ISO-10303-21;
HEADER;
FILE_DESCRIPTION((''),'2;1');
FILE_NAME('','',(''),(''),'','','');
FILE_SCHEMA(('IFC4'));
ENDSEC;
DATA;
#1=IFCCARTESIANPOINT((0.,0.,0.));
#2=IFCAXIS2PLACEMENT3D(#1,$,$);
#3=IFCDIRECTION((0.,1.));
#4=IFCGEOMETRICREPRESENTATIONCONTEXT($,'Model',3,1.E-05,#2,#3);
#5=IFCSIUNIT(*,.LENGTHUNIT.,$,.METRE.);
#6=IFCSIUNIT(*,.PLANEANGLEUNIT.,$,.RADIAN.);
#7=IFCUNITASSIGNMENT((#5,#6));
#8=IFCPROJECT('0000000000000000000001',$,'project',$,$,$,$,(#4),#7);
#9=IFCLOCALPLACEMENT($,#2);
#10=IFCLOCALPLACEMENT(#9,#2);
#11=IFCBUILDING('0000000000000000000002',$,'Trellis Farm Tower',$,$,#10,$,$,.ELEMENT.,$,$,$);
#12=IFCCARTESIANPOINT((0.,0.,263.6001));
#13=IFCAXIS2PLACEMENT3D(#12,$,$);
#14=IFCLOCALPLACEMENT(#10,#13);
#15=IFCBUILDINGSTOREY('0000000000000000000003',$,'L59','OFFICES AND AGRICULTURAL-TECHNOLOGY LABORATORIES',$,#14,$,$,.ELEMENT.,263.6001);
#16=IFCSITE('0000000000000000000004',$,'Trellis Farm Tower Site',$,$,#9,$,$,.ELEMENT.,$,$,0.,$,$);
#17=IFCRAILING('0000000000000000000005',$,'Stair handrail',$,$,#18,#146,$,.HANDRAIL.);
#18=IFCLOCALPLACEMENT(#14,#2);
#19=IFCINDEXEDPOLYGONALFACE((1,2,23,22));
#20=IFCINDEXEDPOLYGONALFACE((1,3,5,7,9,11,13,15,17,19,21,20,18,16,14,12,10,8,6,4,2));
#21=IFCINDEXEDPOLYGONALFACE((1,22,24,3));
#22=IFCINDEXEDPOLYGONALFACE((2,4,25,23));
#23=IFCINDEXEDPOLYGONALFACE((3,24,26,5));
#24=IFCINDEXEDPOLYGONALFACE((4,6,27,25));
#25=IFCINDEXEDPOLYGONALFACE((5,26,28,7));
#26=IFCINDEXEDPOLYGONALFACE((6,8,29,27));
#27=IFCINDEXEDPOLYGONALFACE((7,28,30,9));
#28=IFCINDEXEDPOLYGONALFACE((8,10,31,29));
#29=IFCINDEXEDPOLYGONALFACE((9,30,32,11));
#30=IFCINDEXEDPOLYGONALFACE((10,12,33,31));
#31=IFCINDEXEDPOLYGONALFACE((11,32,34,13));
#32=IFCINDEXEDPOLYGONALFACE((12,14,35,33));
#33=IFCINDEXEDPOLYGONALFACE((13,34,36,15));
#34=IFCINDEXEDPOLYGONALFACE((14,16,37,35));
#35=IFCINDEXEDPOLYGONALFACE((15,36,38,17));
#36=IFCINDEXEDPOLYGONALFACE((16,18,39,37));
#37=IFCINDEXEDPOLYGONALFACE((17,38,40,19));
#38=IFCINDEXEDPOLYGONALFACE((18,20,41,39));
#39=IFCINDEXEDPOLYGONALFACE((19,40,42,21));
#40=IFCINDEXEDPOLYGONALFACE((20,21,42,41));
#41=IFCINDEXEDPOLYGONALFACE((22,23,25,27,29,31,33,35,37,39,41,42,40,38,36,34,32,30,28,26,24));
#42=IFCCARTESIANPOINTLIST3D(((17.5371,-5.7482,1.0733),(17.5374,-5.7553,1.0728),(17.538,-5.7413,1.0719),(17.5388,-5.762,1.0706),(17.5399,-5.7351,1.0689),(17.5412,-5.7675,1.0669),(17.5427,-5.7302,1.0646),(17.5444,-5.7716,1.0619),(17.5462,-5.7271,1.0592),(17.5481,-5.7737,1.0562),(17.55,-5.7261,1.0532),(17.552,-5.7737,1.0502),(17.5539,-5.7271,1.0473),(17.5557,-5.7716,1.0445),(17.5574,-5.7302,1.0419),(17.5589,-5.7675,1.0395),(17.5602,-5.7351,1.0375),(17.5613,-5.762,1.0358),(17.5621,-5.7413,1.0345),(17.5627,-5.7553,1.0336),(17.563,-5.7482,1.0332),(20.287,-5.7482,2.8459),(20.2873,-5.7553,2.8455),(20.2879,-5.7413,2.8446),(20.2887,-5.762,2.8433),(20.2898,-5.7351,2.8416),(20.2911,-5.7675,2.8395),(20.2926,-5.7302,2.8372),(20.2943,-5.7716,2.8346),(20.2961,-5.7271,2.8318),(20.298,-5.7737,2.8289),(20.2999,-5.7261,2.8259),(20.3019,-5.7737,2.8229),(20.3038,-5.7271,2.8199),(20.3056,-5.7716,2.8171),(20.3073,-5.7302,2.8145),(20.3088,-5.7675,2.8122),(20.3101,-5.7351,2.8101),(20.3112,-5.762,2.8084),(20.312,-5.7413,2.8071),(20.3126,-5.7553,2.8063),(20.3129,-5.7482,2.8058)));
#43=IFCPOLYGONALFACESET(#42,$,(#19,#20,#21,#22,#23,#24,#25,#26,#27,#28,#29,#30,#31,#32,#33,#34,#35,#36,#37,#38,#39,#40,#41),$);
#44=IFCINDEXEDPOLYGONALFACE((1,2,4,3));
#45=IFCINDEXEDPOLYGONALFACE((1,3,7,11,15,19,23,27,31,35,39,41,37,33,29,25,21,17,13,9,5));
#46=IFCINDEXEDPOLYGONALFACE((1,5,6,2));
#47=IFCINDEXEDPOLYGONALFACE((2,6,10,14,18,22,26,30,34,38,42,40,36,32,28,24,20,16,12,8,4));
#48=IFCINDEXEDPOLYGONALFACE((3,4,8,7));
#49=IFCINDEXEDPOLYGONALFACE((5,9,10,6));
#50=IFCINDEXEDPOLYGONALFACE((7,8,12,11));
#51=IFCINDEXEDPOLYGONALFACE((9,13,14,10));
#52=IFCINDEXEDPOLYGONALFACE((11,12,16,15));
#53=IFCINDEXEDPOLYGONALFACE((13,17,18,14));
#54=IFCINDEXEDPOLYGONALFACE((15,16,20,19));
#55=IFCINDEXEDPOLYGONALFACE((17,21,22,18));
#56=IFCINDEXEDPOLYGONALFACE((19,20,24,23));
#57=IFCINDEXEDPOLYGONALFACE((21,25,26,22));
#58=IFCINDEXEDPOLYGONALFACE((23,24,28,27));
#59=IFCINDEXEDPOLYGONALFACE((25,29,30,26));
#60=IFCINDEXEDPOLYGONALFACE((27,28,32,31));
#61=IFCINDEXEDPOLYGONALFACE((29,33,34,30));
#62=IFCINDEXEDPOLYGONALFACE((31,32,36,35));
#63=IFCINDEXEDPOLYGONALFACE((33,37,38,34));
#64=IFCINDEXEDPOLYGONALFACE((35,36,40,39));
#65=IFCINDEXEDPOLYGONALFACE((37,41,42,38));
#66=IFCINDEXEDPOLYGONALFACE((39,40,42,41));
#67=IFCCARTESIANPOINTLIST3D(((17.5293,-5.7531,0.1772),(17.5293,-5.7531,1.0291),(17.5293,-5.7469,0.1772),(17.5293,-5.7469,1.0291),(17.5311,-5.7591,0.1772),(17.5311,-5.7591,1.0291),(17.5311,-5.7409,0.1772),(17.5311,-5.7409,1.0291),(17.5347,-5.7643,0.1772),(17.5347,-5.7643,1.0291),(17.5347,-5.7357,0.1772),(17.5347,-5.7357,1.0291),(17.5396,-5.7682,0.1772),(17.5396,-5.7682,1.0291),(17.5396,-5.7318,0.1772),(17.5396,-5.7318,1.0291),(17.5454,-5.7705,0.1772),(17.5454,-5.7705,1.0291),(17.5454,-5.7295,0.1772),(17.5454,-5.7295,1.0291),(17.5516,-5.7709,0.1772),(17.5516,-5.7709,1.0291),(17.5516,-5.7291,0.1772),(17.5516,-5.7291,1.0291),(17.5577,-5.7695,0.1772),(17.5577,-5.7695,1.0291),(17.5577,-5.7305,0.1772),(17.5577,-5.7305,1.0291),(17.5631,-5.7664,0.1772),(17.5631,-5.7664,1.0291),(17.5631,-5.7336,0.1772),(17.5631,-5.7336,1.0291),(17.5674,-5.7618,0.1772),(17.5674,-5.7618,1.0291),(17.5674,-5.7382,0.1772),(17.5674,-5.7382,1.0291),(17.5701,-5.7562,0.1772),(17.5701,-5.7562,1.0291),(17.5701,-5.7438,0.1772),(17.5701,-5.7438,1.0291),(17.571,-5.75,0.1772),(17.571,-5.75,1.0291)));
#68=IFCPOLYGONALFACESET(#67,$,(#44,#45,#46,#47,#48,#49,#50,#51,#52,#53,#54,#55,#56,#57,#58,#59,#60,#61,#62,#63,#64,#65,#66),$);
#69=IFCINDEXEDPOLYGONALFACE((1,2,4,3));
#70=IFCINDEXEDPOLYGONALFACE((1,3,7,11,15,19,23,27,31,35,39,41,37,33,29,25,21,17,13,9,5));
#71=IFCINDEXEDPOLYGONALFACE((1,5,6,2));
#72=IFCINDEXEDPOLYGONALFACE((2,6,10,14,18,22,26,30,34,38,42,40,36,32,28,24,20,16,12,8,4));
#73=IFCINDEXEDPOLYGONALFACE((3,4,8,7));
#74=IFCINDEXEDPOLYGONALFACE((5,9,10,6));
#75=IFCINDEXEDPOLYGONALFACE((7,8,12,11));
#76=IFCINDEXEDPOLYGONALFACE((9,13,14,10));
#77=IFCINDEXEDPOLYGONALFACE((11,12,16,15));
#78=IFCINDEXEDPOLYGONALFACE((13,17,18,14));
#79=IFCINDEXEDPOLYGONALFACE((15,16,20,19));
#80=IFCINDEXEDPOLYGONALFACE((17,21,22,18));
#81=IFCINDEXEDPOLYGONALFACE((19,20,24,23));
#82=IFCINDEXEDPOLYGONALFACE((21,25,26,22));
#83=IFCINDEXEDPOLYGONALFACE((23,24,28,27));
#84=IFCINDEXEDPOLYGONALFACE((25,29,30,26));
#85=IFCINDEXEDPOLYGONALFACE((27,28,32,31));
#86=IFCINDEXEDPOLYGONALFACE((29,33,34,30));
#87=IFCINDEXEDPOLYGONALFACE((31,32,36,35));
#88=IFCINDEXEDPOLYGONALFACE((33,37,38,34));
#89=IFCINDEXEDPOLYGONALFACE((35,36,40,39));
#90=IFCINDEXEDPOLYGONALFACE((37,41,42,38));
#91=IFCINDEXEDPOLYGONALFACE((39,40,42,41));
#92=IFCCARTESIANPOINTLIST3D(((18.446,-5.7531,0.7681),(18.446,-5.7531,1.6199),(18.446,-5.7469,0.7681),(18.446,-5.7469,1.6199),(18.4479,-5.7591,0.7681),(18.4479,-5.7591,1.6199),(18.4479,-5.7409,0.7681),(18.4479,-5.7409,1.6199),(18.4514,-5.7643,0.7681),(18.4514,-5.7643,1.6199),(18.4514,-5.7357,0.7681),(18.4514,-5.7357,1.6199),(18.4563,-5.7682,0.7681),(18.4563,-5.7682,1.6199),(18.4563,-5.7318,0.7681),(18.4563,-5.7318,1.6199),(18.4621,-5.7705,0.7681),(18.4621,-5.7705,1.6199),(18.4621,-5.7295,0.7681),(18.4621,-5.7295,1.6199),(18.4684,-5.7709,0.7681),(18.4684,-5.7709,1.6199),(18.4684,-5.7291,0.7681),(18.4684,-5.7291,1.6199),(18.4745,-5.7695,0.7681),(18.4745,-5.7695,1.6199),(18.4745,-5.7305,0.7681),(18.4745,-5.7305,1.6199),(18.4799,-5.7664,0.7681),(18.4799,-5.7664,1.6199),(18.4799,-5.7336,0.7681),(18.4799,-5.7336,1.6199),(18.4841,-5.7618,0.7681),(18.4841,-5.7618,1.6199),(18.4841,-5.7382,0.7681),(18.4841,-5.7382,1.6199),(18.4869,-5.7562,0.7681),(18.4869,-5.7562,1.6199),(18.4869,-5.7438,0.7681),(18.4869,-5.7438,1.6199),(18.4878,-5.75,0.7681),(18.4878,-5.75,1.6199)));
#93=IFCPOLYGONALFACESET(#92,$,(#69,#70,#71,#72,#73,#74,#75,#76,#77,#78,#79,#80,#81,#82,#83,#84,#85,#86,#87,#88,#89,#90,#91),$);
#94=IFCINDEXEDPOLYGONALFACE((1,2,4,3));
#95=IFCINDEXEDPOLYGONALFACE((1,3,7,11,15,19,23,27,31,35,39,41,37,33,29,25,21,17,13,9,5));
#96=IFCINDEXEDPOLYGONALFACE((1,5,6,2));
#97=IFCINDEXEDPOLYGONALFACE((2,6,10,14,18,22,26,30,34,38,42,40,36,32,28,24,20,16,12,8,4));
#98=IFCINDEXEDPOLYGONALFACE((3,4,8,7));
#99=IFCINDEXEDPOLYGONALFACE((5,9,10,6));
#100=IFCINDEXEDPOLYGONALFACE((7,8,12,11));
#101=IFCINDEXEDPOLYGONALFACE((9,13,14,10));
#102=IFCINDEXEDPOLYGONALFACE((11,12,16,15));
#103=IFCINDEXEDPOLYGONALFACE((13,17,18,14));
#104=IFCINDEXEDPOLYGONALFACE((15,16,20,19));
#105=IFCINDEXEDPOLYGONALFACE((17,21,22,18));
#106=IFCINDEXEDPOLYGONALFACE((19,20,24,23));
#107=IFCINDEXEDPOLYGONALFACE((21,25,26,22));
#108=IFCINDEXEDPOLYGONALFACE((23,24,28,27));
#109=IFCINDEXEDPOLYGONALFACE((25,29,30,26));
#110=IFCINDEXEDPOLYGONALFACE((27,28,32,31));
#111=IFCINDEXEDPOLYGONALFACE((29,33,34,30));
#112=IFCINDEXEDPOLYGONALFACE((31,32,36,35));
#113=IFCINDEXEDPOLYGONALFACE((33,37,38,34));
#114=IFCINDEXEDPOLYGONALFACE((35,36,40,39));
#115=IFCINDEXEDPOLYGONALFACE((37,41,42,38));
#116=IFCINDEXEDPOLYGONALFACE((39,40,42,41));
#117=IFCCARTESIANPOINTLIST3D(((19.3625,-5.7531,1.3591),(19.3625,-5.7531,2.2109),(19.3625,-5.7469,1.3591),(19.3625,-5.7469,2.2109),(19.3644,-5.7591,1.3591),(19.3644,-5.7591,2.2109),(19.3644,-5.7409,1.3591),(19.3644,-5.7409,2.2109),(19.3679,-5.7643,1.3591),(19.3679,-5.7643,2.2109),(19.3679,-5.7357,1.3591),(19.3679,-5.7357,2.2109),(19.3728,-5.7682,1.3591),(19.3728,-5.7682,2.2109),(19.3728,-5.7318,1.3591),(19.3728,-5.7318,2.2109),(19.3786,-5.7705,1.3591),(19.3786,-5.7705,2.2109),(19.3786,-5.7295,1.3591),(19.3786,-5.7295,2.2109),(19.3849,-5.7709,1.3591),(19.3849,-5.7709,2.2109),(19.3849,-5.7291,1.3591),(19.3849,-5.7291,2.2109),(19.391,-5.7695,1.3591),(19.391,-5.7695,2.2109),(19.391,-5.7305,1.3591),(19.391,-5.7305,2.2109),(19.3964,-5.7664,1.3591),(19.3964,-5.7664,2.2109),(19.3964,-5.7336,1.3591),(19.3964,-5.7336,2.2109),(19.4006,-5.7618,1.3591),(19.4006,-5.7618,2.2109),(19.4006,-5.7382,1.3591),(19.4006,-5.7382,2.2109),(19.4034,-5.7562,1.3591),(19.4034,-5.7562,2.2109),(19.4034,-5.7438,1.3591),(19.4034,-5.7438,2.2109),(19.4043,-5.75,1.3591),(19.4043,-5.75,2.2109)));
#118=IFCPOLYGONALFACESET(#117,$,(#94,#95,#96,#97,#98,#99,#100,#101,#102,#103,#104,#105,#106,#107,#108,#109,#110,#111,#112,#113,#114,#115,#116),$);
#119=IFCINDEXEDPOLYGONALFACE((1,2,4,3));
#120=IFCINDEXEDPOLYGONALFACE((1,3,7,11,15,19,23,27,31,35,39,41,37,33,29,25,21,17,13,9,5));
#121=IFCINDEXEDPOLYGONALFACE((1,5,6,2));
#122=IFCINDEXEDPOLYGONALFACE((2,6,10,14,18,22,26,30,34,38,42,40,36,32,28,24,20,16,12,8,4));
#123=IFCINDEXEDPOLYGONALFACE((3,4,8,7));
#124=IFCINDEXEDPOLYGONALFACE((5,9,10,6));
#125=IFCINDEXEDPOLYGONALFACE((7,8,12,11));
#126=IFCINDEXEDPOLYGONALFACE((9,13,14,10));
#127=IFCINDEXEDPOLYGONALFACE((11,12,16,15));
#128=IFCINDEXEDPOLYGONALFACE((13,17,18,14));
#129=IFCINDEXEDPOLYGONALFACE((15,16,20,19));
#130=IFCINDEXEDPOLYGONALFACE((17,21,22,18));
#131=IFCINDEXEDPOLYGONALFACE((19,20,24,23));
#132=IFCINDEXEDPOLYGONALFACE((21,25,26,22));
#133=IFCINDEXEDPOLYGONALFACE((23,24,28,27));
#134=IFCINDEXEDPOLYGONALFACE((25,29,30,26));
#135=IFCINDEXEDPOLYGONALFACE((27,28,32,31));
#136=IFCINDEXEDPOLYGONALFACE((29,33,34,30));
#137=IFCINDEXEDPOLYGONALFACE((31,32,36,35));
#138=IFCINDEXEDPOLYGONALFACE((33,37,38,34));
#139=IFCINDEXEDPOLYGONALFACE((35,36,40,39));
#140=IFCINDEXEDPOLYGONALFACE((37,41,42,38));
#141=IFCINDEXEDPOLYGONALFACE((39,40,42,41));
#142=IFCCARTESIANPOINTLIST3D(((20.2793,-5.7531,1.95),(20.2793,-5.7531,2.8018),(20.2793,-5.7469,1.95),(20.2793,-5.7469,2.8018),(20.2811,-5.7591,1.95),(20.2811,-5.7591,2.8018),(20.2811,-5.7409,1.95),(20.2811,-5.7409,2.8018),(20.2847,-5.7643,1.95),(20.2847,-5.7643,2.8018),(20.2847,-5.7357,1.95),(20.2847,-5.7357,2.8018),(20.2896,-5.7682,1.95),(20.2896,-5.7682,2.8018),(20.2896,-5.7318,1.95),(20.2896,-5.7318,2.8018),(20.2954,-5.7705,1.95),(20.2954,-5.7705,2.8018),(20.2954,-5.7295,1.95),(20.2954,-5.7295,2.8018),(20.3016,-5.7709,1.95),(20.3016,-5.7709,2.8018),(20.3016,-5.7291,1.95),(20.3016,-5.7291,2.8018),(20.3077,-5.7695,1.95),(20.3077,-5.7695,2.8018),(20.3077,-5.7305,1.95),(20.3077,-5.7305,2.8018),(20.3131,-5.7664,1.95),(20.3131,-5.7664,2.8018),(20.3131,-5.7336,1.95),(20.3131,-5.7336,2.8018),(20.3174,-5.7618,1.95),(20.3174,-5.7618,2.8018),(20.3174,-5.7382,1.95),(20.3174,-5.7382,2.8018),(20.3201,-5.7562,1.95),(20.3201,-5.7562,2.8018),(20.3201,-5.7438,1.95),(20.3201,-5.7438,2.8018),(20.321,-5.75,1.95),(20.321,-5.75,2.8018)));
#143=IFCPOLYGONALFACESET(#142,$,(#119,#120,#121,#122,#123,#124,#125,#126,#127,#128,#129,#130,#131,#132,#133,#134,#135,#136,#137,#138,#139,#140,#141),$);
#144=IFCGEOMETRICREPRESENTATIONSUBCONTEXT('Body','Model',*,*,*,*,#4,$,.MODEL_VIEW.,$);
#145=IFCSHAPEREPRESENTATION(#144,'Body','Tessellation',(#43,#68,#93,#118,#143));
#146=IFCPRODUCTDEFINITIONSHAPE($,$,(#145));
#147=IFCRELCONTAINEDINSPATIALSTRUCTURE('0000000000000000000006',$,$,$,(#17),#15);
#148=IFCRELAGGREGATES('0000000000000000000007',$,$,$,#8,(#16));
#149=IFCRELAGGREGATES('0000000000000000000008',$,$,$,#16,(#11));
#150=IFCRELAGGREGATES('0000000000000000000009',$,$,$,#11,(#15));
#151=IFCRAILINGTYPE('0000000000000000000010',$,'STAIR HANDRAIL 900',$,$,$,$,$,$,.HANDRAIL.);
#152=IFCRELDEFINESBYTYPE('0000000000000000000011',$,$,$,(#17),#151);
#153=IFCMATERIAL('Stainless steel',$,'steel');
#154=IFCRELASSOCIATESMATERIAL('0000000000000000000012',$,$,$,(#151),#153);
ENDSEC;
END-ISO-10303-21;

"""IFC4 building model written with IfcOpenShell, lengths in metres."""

from ifc_helpers import new_model, si_unit, direction, frame, origin, origin_2d, place, context, subcontext, project, spatial, circle, extrude, source, transform, mapped, material, type_object, element, save


model = new_model("IFC4")

# Units and contexts
model_context = context("Model", 3, precision=1e-05, world=origin(), true_north=direction((0.0, 1.0)))
body_context = subcontext(model_context, "Body", "Model", "MODEL_VIEW")
ifc_project = project(units=[si_unit("LENGTHUNIT", "METRE"), si_unit("PLANEANGLEUNIT", "RADIAN")], contexts=[model_context])

# Site, building, storey
site_placement = place(None, origin())
site = spatial("IfcSite", under=ifc_project, at=site_placement, Name="Trellis Farm Tower Site", CompositionType="ELEMENT", RefElevation=0.0)
building_placement = place(site_placement, origin())
building = spatial("IfcBuilding", under=site, at=building_placement, Name="Trellis Farm Tower", CompositionType="ELEMENT")
storey_placement = place(building_placement, frame((0.0, 0.0, 263.6001)))
storey = spatial("IfcBuildingStorey", under=building, at=storey_placement, Name="L59", Description="OFFICES AND AGRICULTURAL-TECHNOLOGY LABORATORIES", CompositionType="ELEMENT", Elevation=263.6001)

# Railing
ifc_material_1 = material(Name="Stainless steel", Category="steel")
railing_type = type_object("IfcRailingType", Name="STAIR HANDRAIL 900", PredefinedType="HANDRAIL", material=ifc_material_1)
shared_shape_1 = source(origin(), body_context, "Body", "SweptSolid", [
    extrude(circle(Radius=0.0239, at=origin_2d()), frame((0.0, 0.0, 0.876), z_axis=(0.840504, 0.0, 0.541806), x_axis=(0.0, 1.0, 0.0)), (0.0, 0.0, 1.0), 3.2717),
    extrude(circle(Radius=0.021, at=origin_2d()), origin(), (0.0, 0.0, 1.0), 0.8518),
    extrude(circle(Radius=0.021, at=origin_2d()), frame((0.9167, 0.0, 0.5908)), (0.0, 0.0, 1.0), 0.8518),
    extrude(circle(Radius=0.021, at=origin_2d()), frame((1.8333, 0.0, 1.1819)), (0.0, 0.0, 1.0), 0.8518),
    extrude(circle(Radius=0.021, at=origin_2d()), frame((2.75, 0.0, 1.7727)), (0.0, 0.0, 1.0), 0.8518),
])
for number, where, name in (
    (1, (17.55, -5.75, 0.1772), "Stair handrail"),
):
    element("IfcRailing", number, at=place(storey_placement, frame(where)), inside=storey, type_object=railing_type, Name=name, PredefinedType="HANDRAIL", context=body_context, shape_type="MappedRepresentation", body=[
        mapped(shared_shape_1, transform((0.0, 0.0, 0.0))),
    ])

save(model, "model.ifc")
